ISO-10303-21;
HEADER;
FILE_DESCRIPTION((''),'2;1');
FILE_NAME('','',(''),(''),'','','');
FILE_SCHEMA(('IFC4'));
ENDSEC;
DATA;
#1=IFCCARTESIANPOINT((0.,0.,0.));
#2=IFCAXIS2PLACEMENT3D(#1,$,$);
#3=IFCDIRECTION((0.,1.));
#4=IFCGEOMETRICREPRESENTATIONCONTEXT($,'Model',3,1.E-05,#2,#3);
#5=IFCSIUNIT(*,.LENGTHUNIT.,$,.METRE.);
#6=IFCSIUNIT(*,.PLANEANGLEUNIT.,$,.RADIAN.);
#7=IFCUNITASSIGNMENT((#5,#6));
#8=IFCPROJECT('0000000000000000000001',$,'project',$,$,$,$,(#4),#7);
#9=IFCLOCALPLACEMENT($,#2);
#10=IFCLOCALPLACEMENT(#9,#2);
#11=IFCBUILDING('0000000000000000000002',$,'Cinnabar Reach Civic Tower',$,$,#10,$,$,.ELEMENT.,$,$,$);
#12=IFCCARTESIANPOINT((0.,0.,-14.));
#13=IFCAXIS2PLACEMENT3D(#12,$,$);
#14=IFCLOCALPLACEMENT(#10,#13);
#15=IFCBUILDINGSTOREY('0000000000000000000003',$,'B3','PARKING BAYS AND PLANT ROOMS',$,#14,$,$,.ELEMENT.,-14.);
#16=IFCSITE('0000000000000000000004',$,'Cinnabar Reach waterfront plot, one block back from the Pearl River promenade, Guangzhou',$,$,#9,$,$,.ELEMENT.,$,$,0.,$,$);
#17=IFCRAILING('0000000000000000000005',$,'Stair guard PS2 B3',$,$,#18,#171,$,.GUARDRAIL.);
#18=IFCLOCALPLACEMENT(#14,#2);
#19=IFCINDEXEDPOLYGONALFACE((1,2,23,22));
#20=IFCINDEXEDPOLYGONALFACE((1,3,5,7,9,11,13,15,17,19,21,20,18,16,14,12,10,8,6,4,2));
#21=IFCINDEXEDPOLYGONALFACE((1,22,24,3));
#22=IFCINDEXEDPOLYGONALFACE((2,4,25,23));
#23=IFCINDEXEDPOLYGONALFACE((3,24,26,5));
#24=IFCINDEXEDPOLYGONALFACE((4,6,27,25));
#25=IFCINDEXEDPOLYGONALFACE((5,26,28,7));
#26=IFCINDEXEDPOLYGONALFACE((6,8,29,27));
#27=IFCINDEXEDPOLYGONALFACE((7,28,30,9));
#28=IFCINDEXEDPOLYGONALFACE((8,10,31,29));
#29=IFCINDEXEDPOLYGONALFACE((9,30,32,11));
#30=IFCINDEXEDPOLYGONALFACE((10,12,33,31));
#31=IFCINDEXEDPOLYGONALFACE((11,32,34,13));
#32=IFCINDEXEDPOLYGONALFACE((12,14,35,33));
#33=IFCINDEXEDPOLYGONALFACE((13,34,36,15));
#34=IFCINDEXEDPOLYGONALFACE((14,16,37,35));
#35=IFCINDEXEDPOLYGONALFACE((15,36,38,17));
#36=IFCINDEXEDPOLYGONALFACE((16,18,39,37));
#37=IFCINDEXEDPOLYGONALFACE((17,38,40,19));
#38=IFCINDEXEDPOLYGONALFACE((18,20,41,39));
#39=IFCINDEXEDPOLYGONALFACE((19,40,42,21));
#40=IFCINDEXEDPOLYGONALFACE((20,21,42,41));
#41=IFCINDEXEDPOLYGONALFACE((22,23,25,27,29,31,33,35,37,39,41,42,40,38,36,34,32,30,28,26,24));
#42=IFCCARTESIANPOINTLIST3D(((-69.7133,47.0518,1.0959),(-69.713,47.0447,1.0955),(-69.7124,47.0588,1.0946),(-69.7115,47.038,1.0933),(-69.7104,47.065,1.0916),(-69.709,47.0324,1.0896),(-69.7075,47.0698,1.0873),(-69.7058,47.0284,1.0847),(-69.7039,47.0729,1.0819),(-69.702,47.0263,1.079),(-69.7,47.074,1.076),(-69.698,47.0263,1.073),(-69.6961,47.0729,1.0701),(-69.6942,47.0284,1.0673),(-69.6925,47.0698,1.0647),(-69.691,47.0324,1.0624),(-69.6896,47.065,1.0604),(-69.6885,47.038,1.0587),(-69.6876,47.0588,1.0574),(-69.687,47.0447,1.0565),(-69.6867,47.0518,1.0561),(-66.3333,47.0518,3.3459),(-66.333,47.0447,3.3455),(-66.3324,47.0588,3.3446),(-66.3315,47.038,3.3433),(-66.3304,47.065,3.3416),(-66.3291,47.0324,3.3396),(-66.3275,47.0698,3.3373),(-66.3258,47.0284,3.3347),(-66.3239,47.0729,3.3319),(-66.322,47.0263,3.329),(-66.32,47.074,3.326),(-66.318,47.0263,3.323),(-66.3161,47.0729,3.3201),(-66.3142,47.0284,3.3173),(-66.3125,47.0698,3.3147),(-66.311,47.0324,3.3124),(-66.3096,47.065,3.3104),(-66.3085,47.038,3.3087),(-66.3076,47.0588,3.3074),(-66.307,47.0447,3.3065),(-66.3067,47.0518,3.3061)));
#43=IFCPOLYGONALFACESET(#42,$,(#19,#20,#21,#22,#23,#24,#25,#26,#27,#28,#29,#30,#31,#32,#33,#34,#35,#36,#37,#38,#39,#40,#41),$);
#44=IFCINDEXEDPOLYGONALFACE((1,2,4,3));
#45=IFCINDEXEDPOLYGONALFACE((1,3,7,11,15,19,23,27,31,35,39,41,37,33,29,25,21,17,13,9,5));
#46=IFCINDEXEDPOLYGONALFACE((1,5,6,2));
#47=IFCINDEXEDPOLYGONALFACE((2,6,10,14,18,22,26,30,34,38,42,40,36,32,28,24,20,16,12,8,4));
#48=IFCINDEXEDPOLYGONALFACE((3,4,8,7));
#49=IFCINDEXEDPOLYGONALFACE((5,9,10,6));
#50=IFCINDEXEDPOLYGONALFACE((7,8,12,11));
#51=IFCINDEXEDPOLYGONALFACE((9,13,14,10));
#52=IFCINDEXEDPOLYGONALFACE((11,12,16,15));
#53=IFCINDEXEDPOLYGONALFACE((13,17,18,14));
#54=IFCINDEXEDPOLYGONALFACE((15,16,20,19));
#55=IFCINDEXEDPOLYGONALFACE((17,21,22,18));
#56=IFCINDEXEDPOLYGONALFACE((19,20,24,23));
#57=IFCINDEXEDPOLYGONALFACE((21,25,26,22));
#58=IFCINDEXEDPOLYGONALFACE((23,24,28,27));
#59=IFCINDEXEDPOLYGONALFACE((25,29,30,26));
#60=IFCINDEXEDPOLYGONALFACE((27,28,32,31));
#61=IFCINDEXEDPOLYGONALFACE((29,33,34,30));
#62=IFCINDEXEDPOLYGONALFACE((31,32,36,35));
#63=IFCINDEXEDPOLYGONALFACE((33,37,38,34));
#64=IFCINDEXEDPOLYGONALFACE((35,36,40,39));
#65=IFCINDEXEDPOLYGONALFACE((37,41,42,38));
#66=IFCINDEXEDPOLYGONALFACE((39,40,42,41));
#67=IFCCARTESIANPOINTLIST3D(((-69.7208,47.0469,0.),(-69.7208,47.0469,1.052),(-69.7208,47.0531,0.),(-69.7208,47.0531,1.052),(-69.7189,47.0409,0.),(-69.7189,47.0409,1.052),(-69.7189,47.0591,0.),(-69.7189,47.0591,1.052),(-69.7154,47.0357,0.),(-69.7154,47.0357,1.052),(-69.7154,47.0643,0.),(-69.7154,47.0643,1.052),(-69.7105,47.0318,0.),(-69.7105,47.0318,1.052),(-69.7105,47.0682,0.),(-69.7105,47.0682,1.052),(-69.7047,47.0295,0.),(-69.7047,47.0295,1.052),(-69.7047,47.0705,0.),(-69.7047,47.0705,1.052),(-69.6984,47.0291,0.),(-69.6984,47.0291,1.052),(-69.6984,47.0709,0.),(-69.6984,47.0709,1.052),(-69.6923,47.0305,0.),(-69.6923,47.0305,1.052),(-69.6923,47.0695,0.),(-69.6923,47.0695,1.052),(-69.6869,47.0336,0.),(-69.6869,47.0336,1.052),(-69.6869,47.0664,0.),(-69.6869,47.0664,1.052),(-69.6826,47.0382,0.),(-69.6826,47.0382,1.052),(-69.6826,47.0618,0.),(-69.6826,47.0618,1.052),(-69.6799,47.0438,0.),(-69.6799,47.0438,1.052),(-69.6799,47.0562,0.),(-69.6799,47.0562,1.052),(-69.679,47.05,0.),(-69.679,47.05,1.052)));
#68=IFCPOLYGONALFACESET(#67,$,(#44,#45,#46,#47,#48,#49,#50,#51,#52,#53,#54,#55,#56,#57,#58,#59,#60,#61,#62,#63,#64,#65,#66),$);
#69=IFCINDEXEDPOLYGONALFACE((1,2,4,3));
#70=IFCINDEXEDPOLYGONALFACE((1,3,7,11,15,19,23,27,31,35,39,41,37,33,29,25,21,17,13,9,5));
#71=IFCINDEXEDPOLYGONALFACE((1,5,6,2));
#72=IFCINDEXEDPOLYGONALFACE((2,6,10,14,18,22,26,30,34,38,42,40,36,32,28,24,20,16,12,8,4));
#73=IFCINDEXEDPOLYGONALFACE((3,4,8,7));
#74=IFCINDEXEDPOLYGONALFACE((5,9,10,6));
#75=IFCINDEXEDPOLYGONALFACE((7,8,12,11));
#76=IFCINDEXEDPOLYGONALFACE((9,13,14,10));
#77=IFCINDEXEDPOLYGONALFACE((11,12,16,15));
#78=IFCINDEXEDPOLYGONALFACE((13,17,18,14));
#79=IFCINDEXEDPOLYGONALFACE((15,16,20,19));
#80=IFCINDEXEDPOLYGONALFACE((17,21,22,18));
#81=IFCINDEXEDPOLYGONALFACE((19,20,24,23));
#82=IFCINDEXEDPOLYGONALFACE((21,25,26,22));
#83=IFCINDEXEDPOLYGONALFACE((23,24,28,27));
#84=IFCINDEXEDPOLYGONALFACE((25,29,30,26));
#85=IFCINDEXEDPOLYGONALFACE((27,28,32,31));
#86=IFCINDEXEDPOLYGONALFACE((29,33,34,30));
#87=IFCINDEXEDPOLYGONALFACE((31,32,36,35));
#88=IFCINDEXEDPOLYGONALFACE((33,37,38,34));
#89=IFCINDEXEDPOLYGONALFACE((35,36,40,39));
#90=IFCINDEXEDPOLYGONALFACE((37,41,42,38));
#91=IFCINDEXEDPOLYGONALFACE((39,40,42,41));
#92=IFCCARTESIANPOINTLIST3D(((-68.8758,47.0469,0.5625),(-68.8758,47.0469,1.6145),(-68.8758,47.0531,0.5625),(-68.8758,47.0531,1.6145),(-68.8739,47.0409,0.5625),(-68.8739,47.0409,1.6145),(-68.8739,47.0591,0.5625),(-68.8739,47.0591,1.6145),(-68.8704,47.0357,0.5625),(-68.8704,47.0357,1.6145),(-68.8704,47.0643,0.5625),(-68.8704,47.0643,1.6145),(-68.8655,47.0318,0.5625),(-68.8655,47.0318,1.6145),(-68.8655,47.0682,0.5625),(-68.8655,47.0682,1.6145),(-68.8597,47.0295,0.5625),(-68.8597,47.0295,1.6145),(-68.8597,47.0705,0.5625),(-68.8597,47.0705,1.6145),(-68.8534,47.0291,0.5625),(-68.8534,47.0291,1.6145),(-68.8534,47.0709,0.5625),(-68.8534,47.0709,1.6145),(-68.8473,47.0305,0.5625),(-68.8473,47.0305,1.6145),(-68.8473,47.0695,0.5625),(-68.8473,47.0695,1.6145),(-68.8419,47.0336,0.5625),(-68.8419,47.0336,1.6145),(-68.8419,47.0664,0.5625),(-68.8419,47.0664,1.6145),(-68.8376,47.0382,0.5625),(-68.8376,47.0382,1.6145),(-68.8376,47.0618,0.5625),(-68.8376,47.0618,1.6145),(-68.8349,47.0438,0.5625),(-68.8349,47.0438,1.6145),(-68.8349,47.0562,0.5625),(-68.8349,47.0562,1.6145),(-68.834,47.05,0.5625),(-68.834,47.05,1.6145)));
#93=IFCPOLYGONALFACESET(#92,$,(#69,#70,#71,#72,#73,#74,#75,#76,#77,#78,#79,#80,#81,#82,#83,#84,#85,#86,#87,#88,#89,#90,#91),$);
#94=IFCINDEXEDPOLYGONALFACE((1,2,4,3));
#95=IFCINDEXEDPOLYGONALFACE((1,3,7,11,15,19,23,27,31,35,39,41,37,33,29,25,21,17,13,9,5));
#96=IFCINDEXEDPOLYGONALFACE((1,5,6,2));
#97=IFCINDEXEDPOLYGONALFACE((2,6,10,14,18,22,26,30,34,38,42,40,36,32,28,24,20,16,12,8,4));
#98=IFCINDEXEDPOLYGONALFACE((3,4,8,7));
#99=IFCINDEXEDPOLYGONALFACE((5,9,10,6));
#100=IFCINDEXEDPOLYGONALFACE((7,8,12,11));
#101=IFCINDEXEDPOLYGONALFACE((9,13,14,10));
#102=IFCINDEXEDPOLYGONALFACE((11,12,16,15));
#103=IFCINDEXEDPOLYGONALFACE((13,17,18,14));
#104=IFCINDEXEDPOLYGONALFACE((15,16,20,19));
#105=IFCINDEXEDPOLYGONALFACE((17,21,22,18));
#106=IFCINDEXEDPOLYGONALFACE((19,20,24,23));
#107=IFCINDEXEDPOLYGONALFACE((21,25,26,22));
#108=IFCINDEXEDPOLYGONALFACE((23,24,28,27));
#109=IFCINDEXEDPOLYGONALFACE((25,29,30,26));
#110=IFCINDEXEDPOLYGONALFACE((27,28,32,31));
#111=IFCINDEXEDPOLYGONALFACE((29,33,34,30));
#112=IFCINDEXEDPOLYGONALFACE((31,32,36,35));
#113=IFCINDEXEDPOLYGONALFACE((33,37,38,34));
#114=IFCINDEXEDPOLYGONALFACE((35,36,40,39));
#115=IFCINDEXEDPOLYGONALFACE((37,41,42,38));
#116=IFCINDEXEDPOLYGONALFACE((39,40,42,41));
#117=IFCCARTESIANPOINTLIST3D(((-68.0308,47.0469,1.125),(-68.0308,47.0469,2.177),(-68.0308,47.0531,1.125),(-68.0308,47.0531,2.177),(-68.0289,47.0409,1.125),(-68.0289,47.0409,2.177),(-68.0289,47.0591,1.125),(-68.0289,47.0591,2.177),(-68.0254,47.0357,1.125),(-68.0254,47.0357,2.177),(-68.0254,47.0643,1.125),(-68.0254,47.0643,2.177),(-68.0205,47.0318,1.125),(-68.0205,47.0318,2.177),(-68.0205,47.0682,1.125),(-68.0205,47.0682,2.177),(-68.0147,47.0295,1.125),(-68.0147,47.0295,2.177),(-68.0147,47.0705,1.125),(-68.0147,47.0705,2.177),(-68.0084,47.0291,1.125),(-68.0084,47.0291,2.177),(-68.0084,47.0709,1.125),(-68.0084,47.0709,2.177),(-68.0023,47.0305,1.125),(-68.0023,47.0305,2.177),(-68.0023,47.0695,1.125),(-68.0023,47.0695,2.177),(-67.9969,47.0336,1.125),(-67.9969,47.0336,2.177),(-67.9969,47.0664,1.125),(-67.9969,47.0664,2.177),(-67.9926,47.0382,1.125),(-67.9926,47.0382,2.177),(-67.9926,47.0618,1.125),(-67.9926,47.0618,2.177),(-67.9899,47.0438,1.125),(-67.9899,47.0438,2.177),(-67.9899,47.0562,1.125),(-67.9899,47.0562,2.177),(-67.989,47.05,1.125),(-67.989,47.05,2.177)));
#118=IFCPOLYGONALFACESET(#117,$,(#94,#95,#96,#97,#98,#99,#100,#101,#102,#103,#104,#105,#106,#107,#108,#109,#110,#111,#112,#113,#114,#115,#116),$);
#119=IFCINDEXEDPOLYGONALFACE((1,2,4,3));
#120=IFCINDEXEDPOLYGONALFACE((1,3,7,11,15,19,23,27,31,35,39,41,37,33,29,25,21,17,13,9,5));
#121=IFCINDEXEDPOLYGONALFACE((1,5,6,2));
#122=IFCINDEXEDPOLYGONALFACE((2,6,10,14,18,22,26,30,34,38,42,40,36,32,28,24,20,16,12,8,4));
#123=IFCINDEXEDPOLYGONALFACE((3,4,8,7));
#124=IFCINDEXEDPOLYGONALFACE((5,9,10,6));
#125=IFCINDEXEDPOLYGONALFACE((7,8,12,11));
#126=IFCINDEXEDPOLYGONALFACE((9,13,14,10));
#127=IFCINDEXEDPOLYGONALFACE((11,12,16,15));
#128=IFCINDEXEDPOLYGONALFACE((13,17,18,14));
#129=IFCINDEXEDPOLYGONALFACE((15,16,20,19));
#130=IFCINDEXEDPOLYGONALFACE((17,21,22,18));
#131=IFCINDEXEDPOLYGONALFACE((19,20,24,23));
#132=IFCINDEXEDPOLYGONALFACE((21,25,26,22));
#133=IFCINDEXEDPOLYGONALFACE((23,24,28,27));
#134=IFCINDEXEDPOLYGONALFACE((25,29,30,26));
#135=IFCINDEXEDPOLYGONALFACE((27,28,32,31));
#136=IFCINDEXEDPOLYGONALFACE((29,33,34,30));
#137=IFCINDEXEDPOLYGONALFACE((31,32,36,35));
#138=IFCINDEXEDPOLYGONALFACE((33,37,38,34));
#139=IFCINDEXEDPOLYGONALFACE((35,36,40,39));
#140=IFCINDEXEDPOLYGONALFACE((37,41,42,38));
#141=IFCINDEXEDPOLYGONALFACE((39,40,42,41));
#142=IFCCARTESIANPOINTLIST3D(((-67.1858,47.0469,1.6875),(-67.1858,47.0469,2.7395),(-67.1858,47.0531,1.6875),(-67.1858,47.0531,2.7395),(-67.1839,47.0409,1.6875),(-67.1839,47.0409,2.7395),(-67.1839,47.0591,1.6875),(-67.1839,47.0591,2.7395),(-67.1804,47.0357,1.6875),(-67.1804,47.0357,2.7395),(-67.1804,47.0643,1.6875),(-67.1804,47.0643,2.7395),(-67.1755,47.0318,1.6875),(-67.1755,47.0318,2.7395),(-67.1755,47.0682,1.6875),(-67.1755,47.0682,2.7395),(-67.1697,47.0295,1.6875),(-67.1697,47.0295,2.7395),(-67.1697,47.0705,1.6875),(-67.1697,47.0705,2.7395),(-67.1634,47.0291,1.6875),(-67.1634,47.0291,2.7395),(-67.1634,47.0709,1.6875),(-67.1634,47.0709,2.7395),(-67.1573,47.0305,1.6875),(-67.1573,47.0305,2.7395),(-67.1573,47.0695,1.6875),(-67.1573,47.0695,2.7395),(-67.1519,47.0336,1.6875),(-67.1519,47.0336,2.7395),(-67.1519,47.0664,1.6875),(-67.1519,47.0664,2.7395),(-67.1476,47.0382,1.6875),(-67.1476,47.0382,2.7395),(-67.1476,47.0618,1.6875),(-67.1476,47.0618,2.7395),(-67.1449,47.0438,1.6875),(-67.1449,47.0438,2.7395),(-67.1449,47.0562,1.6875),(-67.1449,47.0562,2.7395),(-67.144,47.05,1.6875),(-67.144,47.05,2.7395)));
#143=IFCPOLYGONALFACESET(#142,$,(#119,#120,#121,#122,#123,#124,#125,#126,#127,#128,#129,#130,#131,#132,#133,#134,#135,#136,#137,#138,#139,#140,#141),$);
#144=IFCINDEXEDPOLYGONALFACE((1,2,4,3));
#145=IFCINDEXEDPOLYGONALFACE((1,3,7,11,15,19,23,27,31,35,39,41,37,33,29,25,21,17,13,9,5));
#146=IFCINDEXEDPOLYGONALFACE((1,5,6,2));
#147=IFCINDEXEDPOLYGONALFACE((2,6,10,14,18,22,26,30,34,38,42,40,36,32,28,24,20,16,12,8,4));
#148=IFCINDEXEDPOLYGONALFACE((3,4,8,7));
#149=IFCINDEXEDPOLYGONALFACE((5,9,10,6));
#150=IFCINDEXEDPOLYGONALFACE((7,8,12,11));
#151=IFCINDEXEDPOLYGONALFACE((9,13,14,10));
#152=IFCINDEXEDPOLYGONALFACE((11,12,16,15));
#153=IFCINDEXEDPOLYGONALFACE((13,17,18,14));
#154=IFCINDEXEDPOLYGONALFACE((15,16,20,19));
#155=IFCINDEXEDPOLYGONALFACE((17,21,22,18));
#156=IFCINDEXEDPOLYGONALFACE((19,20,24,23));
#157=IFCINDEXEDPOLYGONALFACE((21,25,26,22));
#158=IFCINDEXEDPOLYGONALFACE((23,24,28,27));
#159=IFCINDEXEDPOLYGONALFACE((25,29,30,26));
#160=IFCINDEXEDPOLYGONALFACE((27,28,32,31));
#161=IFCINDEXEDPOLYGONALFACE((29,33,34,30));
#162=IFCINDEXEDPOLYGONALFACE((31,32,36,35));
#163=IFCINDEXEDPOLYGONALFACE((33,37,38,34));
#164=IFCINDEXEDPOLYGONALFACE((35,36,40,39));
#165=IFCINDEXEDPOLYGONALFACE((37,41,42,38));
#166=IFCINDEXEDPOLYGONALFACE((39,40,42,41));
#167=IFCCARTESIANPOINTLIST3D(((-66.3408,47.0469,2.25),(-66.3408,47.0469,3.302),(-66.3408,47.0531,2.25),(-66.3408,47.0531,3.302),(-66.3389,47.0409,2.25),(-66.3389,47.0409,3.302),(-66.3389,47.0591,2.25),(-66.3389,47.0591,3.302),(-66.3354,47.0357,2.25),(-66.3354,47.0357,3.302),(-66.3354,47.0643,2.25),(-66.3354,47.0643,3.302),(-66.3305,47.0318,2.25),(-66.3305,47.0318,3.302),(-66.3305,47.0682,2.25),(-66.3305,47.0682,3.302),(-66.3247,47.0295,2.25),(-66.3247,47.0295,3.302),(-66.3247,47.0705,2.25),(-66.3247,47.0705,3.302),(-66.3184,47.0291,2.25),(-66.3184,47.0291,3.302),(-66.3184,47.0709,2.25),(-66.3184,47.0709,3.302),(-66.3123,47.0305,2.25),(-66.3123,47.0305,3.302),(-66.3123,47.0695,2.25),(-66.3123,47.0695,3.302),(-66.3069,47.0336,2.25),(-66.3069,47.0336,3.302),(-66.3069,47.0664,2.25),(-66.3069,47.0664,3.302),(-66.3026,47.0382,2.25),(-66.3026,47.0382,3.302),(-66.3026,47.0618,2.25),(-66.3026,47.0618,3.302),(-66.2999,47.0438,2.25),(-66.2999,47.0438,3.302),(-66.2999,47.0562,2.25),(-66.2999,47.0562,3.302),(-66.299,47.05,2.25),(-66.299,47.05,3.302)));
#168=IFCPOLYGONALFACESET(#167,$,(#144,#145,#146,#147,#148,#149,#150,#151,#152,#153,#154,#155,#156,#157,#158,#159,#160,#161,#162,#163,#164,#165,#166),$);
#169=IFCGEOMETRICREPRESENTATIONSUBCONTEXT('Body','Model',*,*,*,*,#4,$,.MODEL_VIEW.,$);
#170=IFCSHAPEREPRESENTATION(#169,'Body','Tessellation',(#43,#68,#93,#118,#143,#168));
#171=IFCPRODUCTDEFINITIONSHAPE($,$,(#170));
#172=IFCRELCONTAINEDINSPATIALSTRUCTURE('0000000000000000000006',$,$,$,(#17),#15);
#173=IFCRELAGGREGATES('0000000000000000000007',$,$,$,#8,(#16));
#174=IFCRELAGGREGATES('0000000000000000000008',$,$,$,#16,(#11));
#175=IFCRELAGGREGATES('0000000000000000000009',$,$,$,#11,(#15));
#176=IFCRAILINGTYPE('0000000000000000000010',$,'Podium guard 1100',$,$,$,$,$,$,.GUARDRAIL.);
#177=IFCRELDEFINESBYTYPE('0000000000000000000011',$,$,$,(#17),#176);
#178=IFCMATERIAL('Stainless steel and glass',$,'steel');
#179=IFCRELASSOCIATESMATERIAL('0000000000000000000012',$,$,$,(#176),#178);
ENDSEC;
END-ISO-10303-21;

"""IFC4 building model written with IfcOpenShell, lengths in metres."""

from ifc_helpers import new_model, si_unit, direction, frame, origin, origin_2d, place, context, subcontext, project, spatial, circle, extrude, material, type_object, element, save


model = new_model("IFC4")

# Units and contexts
model_context = context("Model", 3, precision=1e-05, world=origin(), true_north=direction((0.0, 1.0)))
body_context = subcontext(model_context, "Body", "Model", "MODEL_VIEW")
ifc_project = project(units=[si_unit("LENGTHUNIT", "METRE"), si_unit("PLANEANGLEUNIT", "RADIAN")], contexts=[model_context])

# Site, building, storey
site_placement = place(None, origin())
site = spatial("IfcSite", under=ifc_project, at=site_placement, Name="Cinnabar Reach waterfront plot, one block back from the Pearl River promenade, Guangzhou", CompositionType="ELEMENT", RefElevation=0.0)
building_placement = place(site_placement, origin())
building = spatial("IfcBuilding", under=site, at=building_placement, Name="Cinnabar Reach Civic Tower", CompositionType="ELEMENT")
storey_placement = place(building_placement, frame((0.0, 0.0, -14.0)))
storey = spatial("IfcBuildingStorey", under=building, at=storey_placement, Name="B3", Description="PARKING BAYS AND PLANT ROOMS", CompositionType="ELEMENT", Elevation=-14.0)

# Railing
ifc_material_1 = material(Name="Stainless steel and glass", Category="steel")
railing_type_1 = type_object("IfcRailingType", Name="Podium guard 1100", PredefinedType="GUARDRAIL", material=ifc_material_1)
railing_1_placement = place(storey_placement, frame((-69.7, 47.05, 0.0)))
element("IfcRailing", 1, at=railing_1_placement, inside=storey, type_object=railing_type_1, Name="Stair guard PS2 B3", PredefinedType="GUARDRAIL", context=body_context, shape_type="SweptSolid", body=[
    extrude(circle(Radius=0.024, at=origin_2d()), frame((0.0, 0.0, 1.076), z_axis=(0.832429, 0.0, 0.554132), x_axis=(0.0, 1.0, 0.0)), (0.0, 0.0, 1.0), 4.0604),
    extrude(circle(Radius=0.021, at=origin_2d()), origin(), (0.0, 0.0, 1.0), 1.052),
    extrude(circle(Radius=0.021, at=origin_2d()), frame((0.845, 0.0, 0.5625)), (0.0, 0.0, 1.0), 1.052),
    extrude(circle(Radius=0.021, at=origin_2d()), frame((1.69, 0.0, 1.125)), (0.0, 0.0, 1.0), 1.052),
    extrude(circle(Radius=0.021, at=origin_2d()), frame((2.535, 0.0, 1.6875)), (0.0, 0.0, 1.0), 1.052),
    extrude(circle(Radius=0.021, at=origin_2d()), frame((3.38, 0.0, 2.25)), (0.0, 0.0, 1.0), 1.052),
])

save(model, "model.ifc")
